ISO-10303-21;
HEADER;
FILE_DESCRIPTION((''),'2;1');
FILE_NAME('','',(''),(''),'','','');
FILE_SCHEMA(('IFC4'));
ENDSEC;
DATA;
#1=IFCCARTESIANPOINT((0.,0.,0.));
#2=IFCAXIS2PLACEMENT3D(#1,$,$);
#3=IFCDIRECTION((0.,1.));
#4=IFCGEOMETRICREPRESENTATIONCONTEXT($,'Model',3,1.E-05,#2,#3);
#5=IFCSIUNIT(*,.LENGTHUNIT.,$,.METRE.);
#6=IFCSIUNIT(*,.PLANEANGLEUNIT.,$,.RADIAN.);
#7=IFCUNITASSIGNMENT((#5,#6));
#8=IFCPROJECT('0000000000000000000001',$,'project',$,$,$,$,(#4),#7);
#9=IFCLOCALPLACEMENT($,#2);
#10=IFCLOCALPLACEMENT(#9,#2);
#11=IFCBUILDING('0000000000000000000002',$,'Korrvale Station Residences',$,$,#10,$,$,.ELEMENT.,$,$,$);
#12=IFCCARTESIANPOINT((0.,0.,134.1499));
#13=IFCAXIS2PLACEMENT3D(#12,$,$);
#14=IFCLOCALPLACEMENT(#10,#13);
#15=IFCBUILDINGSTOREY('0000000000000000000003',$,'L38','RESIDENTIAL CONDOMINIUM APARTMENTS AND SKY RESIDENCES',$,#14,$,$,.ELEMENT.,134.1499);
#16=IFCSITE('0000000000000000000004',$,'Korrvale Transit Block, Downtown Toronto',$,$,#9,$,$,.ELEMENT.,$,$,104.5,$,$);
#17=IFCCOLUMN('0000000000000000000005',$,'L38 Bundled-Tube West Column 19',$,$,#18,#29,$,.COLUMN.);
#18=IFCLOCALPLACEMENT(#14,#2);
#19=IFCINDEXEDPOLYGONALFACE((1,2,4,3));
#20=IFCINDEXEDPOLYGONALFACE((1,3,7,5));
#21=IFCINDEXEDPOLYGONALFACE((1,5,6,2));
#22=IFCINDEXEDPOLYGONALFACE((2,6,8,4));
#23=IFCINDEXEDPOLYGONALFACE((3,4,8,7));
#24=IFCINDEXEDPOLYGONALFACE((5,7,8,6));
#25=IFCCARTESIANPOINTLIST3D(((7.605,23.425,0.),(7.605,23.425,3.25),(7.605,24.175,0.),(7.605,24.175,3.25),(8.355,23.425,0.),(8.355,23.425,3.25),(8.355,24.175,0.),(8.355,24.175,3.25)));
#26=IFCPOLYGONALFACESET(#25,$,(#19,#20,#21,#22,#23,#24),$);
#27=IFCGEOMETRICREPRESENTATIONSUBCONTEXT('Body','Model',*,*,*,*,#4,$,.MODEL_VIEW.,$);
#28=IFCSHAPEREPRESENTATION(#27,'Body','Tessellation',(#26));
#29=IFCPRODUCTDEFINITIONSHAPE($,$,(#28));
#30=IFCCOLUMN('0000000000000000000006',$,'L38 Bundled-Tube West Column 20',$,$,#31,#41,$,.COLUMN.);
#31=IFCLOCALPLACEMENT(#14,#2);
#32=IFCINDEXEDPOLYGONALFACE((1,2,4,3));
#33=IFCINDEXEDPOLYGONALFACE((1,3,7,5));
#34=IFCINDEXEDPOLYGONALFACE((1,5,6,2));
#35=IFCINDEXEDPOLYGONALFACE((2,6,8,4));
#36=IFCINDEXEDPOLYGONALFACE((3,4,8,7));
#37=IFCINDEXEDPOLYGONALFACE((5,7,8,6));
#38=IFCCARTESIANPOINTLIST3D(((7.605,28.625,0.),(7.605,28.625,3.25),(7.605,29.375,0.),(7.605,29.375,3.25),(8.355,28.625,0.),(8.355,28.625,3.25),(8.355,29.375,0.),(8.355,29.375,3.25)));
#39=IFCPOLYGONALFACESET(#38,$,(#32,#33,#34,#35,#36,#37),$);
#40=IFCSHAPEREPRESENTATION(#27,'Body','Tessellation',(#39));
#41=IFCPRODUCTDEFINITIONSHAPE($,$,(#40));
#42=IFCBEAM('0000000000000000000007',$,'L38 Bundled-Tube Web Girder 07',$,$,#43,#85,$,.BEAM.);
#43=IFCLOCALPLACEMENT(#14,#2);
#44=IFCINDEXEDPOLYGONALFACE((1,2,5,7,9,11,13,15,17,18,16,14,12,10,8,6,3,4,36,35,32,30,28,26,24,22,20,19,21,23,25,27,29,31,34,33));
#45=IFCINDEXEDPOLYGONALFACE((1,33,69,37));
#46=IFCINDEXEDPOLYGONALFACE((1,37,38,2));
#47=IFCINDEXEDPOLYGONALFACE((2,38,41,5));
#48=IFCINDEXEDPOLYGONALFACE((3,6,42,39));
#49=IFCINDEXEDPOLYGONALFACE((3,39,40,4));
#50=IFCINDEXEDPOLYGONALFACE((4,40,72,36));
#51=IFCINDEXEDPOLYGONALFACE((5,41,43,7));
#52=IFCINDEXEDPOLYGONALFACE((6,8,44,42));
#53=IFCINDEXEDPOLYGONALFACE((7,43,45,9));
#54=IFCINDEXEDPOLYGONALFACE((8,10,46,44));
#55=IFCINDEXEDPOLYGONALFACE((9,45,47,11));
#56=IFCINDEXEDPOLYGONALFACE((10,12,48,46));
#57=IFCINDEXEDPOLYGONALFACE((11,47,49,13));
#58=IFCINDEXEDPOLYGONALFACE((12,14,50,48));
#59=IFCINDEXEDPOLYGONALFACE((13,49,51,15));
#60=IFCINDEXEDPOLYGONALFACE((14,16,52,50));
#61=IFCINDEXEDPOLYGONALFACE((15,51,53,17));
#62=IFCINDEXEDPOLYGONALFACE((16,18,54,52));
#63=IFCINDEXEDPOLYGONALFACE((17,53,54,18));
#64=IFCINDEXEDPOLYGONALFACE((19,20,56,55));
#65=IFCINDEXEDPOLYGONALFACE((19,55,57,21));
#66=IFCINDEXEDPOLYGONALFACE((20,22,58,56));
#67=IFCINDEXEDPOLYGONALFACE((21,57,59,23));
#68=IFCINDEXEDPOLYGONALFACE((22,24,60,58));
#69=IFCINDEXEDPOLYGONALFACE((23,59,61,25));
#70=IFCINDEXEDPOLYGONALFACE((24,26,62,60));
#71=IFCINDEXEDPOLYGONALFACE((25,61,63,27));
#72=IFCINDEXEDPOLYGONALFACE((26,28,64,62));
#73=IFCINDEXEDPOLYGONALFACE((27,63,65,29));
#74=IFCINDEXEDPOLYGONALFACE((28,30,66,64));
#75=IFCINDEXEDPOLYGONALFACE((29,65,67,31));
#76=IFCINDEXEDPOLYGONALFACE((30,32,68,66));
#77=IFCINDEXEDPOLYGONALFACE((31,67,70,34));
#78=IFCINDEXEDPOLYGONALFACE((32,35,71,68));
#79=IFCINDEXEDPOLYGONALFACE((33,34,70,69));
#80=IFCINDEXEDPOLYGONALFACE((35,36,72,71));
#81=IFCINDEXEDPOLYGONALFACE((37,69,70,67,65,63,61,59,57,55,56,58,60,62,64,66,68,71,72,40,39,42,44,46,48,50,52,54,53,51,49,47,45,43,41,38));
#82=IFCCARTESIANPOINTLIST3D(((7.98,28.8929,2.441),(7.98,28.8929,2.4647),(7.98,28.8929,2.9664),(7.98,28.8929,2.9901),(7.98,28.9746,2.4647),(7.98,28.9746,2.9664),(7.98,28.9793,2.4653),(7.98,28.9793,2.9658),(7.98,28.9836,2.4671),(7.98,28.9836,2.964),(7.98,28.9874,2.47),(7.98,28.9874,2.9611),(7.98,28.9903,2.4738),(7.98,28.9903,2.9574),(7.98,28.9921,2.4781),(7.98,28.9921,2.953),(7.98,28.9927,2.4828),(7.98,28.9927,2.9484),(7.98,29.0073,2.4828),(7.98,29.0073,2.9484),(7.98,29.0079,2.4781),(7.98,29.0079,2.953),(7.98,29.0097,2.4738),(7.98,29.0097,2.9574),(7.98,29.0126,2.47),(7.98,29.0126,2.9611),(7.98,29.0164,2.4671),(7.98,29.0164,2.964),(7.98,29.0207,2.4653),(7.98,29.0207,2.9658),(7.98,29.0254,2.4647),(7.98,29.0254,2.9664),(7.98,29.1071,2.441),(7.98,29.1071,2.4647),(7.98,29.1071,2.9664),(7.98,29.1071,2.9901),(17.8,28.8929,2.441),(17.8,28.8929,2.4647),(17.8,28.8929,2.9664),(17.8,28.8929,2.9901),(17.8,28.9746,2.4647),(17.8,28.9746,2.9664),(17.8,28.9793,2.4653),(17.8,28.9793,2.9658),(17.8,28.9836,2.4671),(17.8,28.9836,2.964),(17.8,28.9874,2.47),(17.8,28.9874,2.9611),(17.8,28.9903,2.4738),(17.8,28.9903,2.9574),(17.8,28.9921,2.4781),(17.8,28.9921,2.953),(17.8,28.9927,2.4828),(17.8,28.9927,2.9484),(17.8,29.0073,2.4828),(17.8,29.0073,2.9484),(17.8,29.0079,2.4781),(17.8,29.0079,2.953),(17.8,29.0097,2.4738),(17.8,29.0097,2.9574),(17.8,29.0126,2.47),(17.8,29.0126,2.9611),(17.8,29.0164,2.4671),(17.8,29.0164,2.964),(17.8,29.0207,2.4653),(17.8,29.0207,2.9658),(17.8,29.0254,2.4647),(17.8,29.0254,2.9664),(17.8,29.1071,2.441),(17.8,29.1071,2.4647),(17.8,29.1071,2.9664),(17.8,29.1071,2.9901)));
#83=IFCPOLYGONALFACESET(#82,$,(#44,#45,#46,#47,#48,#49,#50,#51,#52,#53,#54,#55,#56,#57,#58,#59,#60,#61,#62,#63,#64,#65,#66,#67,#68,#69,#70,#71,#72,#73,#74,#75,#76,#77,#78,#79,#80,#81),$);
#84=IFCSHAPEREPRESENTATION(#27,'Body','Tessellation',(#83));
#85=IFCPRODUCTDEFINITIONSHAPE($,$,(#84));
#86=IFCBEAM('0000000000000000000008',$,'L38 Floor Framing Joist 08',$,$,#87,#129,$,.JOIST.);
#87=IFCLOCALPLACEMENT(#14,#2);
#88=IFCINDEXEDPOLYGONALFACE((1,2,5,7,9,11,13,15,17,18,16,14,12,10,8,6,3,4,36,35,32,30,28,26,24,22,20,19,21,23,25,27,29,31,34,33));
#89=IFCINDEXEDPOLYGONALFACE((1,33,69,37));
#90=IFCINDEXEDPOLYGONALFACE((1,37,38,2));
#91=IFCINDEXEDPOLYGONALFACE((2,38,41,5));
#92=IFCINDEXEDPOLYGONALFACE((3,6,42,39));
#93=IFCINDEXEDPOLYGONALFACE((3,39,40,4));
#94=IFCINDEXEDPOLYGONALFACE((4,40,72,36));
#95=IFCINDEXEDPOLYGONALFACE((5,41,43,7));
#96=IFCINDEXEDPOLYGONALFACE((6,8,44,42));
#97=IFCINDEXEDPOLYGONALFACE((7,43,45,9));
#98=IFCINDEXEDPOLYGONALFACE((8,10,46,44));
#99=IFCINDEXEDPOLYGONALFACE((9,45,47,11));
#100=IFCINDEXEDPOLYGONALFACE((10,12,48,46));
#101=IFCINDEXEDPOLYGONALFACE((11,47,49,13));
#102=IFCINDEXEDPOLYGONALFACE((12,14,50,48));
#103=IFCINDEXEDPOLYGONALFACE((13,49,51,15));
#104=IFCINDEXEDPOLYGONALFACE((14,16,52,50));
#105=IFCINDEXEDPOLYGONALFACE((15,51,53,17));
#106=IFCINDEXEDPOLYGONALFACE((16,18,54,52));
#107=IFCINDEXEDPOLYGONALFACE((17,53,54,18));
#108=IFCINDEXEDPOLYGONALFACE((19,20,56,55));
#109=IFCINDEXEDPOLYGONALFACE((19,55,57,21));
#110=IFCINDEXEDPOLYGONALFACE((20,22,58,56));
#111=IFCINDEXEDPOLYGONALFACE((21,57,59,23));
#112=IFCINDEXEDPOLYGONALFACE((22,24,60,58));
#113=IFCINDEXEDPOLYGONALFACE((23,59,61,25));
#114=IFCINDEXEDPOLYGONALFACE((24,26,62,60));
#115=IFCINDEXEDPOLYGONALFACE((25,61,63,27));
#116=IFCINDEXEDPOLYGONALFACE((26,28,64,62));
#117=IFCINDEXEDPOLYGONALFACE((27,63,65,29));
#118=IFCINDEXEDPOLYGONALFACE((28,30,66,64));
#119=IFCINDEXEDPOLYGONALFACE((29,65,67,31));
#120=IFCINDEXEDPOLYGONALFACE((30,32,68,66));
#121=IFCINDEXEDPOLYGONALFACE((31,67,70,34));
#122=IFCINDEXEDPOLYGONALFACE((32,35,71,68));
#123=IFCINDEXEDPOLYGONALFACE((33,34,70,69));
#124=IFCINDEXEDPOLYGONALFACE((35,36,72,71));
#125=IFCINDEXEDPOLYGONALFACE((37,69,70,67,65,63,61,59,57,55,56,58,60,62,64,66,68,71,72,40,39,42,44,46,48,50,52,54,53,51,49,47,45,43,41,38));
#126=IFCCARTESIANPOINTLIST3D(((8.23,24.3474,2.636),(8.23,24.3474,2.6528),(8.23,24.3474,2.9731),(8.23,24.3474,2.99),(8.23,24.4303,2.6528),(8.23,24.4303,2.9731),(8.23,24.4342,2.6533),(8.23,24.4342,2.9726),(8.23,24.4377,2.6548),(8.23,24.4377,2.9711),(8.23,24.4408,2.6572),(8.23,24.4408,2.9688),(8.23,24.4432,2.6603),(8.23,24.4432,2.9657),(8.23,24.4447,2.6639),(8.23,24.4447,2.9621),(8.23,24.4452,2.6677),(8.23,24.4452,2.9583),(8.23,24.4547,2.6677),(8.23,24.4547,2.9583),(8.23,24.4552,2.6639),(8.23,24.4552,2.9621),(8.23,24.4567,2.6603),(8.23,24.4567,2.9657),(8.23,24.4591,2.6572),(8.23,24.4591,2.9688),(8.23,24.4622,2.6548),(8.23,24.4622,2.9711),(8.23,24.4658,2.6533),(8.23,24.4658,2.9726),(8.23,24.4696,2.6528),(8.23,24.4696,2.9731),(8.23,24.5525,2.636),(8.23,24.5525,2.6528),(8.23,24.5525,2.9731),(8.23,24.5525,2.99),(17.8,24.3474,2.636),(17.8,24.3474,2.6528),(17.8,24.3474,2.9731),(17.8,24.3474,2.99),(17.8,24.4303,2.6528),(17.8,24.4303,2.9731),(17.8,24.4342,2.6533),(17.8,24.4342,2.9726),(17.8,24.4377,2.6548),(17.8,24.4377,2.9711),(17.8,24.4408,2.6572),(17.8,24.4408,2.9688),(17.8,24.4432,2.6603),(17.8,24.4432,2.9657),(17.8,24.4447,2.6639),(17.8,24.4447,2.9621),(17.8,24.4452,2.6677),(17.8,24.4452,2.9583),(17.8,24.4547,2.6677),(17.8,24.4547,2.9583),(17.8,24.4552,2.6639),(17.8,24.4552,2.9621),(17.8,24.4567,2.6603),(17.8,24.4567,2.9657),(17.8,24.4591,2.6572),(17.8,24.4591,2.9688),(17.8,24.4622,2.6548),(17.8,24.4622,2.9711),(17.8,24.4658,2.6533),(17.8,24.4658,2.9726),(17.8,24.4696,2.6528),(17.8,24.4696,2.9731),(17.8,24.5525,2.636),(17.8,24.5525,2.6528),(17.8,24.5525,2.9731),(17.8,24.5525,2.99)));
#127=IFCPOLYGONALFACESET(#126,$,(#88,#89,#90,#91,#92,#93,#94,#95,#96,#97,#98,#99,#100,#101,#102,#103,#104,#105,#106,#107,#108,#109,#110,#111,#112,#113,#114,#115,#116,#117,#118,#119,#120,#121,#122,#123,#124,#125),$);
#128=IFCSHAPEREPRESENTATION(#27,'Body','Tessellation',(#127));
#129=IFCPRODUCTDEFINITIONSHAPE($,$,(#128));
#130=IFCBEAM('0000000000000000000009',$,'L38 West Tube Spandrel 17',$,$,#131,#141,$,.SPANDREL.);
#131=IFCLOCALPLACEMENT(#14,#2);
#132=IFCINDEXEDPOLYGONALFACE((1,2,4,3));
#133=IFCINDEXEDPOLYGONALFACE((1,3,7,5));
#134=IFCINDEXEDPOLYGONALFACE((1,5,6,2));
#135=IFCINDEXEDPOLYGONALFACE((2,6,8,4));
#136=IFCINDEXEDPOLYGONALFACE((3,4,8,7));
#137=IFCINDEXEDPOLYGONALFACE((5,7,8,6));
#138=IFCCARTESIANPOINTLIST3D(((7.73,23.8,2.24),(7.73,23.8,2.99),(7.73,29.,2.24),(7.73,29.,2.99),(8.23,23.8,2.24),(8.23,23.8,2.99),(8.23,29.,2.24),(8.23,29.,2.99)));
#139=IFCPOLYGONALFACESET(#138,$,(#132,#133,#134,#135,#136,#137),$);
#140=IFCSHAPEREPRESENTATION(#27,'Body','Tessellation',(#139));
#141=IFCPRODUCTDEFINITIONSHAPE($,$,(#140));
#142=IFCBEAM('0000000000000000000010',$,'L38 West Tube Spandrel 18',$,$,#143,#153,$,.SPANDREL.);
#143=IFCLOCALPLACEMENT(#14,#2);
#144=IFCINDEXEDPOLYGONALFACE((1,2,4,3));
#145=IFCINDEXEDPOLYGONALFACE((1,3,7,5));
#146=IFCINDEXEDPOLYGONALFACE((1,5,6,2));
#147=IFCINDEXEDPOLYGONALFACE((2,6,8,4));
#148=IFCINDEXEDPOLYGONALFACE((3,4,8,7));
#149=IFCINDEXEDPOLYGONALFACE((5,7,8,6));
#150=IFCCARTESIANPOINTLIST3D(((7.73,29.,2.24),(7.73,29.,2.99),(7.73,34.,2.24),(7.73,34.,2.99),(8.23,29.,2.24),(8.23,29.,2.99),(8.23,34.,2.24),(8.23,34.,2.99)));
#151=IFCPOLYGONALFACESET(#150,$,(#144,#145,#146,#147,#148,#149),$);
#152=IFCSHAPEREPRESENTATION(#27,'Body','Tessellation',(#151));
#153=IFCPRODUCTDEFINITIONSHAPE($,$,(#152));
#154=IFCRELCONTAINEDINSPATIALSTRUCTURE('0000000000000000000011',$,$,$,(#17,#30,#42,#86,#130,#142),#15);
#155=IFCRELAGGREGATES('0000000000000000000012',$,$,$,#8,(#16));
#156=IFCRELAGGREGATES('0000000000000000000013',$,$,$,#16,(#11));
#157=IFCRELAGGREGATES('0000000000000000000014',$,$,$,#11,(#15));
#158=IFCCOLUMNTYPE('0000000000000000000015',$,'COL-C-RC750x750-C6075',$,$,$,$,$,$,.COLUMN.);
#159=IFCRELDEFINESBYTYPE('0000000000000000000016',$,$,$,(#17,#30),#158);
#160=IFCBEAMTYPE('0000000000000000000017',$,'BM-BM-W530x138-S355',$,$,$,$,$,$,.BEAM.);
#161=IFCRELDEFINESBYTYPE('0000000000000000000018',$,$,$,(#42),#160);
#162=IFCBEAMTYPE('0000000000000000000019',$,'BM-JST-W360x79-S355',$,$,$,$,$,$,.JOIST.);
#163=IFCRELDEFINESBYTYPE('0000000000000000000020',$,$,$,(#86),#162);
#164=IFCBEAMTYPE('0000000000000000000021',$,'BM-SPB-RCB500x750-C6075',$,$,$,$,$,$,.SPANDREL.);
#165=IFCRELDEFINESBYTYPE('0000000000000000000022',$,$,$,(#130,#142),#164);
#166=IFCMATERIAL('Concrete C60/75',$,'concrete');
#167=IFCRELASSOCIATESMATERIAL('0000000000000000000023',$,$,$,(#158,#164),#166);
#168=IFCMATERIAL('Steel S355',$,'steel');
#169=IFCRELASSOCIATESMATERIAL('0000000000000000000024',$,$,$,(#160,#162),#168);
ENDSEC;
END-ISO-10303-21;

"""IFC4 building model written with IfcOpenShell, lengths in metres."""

from ifc_helpers import new_model, si_unit, direction, frame, origin, origin_2d, place, context, subcontext, project, spatial, rectangle, i_section, extrude, material, material_profile, profile_set, type_object, element, save


model = new_model("IFC4")

# Units and contexts
model_context = context("Model", 3, precision=1e-05, world=origin(), true_north=direction((0.0, 1.0)))
body_context = subcontext(model_context, "Body", "Model", "MODEL_VIEW")
ifc_project = project(units=[si_unit("LENGTHUNIT", "METRE"), si_unit("PLANEANGLEUNIT", "RADIAN")], contexts=[model_context])

# Site, building, storey
site_placement = place(None, origin())
site = spatial("IfcSite", under=ifc_project, at=site_placement, Name="Korrvale Transit Block, Downtown Toronto", CompositionType="ELEMENT", RefElevation=104.5)
building_placement = place(site_placement, origin())
building = spatial("IfcBuilding", under=site, at=building_placement, Name="Korrvale Station Residences", CompositionType="ELEMENT")
storey_placement = place(building_placement, frame((0.0, 0.0, 134.1499)))
storey = spatial("IfcBuildingStorey", under=building, at=storey_placement, Name="L38", Description="RESIDENTIAL CONDOMINIUM APARTMENTS AND SKY RESIDENCES", CompositionType="ELEMENT", Elevation=134.1499)

# Columns
ifc_material_1 = material(Name="Concrete C60/75", Category="concrete")
ifc_material_profile_1 = material_profile(ifc_material_1, rectangle(XDim=0.75, YDim=0.75, at=origin_2d()), Name="RC750x750")
ifc_profile_set_1 = profile_set([ifc_material_profile_1], Name="Concrete C60/75")
column_type = type_object("IfcColumnType", Name="COL-C-RC750x750-C6075", PredefinedType="COLUMN", material=ifc_profile_set_1)
for number, where, z_axis, x_axis, name in (
    (1, (7.98, 23.8, 0.0), (0.0, 0.0, 1.0), (1.0, 0.0, 0.0), "L38 Bundled-Tube West Column 19"),
    (2, (7.98, 29.0, 0.0), (0.0, 0.0, 1.0), (1.0, 0.0, 0.0), "L38 Bundled-Tube West Column 20"),
):
    element("IfcColumn", number, at=place(storey_placement, frame(where, z_axis=z_axis, x_axis=x_axis)), inside=storey, type_object=column_type, Name=name, PredefinedType="COLUMN", context=body_context, shape_type="SweptSolid", body=[
        extrude(rectangle(XDim=0.75, YDim=0.75, at=origin_2d()), origin(), (0.0, 0.0, 1.0), 3.25),
    ])

# Beams
ifc_material_2 = material(Name="Steel S355", Category="steel")
ifc_material_profile_2 = material_profile(ifc_material_2, i_section(OverallWidth=0.2141, OverallDepth=0.5491, WebThickness=0.0146, FlangeThickness=0.0237, FilletRadius=0.0181, at=origin_2d()), Name="W530x138")
ifc_profile_set_2 = profile_set([ifc_material_profile_2], Name="Steel S355")
beam_type_1 = type_object("IfcBeamType", Name="BM-BM-W530x138-S355", PredefinedType="BEAM", material=ifc_profile_set_2)
beam_1_placement = place(storey_placement, frame((7.98, 29.0, 2.7156), z_axis=(1.0, 0.0, 0.0), x_axis=(0.0, 1.0, 0.0)))
element("IfcBeam", 3, at=beam_1_placement, inside=storey, type_object=beam_type_1, Name="L38 Bundled-Tube Web Girder 07", PredefinedType="BEAM", context=body_context, shape_type="SweptSolid", body=[
    extrude(i_section(OverallWidth=0.2141, OverallDepth=0.5491, WebThickness=0.0146, FlangeThickness=0.0237, FilletRadius=0.0181, at=origin_2d()), origin(), (0.0, 0.0, 1.0), 9.8201),
])
ifc_material_profile_3 = material_profile(ifc_material_2, i_section(OverallWidth=0.2051, OverallDepth=0.354, WebThickness=0.0095, FlangeThickness=0.0168, FilletRadius=0.0149, at=origin_2d()), Name="W360x79")
ifc_profile_set_3 = profile_set([ifc_material_profile_3], Name="Steel S355")
beam_type_2 = type_object("IfcBeamType", Name="BM-JST-W360x79-S355", PredefinedType="JOIST", material=ifc_profile_set_3)
beam_2_placement = place(storey_placement, frame((8.23, 24.45, 2.813), z_axis=(1.0, 0.0, 0.0), x_axis=(0.0, 1.0, 0.0)))
element("IfcBeam", 4, at=beam_2_placement, inside=storey, type_object=beam_type_2, Name="L38 Floor Framing Joist 08", PredefinedType="JOIST", context=body_context, shape_type="SweptSolid", body=[
    extrude(i_section(OverallWidth=0.2051, OverallDepth=0.354, WebThickness=0.0095, FlangeThickness=0.0168, FilletRadius=0.0149, at=origin_2d()), origin(), (0.0, 0.0, 1.0), 9.5701),
])
ifc_material_profile_4 = material_profile(ifc_material_1, rectangle(XDim=0.5, YDim=0.75, at=origin_2d()), Name="RCB500x750")
ifc_profile_set_4 = profile_set([ifc_material_profile_4], Name="Concrete C60/75")
beam_type_3 = type_object("IfcBeamType", Name="BM-SPB-RCB500x750-C6075", PredefinedType="SPANDREL", material=ifc_profile_set_4)
beam_3_placement = place(storey_placement, frame((7.98, 23.8, 2.615), z_axis=(0.0, 1.0, 0.0), x_axis=(-1.0, 0.0, 0.0)))
element("IfcBeam", 5, at=beam_3_placement, inside=storey, type_object=beam_type_3, Name="L38 West Tube Spandrel 17", PredefinedType="SPANDREL", context=body_context, shape_type="SweptSolid", body=[
    extrude(rectangle(XDim=0.5, YDim=0.75, at=origin_2d()), origin(), (0.0, 0.0, 1.0), 5.2),
])
beam_4_placement = place(storey_placement, frame((7.98, 29.0, 2.615), z_axis=(0.0, 1.0, 0.0), x_axis=(-1.0, 0.0, 0.0)))
element("IfcBeam", 6, at=beam_4_placement, inside=storey, type_object=beam_type_3, Name="L38 West Tube Spandrel 18", PredefinedType="SPANDREL", context=body_context, shape_type="SweptSolid", body=[
    extrude(rectangle(XDim=0.5, YDim=0.75, at=origin_2d()), origin(), (0.0, 0.0, 1.0), 5.0),
])

save(model, "model.ifc")
